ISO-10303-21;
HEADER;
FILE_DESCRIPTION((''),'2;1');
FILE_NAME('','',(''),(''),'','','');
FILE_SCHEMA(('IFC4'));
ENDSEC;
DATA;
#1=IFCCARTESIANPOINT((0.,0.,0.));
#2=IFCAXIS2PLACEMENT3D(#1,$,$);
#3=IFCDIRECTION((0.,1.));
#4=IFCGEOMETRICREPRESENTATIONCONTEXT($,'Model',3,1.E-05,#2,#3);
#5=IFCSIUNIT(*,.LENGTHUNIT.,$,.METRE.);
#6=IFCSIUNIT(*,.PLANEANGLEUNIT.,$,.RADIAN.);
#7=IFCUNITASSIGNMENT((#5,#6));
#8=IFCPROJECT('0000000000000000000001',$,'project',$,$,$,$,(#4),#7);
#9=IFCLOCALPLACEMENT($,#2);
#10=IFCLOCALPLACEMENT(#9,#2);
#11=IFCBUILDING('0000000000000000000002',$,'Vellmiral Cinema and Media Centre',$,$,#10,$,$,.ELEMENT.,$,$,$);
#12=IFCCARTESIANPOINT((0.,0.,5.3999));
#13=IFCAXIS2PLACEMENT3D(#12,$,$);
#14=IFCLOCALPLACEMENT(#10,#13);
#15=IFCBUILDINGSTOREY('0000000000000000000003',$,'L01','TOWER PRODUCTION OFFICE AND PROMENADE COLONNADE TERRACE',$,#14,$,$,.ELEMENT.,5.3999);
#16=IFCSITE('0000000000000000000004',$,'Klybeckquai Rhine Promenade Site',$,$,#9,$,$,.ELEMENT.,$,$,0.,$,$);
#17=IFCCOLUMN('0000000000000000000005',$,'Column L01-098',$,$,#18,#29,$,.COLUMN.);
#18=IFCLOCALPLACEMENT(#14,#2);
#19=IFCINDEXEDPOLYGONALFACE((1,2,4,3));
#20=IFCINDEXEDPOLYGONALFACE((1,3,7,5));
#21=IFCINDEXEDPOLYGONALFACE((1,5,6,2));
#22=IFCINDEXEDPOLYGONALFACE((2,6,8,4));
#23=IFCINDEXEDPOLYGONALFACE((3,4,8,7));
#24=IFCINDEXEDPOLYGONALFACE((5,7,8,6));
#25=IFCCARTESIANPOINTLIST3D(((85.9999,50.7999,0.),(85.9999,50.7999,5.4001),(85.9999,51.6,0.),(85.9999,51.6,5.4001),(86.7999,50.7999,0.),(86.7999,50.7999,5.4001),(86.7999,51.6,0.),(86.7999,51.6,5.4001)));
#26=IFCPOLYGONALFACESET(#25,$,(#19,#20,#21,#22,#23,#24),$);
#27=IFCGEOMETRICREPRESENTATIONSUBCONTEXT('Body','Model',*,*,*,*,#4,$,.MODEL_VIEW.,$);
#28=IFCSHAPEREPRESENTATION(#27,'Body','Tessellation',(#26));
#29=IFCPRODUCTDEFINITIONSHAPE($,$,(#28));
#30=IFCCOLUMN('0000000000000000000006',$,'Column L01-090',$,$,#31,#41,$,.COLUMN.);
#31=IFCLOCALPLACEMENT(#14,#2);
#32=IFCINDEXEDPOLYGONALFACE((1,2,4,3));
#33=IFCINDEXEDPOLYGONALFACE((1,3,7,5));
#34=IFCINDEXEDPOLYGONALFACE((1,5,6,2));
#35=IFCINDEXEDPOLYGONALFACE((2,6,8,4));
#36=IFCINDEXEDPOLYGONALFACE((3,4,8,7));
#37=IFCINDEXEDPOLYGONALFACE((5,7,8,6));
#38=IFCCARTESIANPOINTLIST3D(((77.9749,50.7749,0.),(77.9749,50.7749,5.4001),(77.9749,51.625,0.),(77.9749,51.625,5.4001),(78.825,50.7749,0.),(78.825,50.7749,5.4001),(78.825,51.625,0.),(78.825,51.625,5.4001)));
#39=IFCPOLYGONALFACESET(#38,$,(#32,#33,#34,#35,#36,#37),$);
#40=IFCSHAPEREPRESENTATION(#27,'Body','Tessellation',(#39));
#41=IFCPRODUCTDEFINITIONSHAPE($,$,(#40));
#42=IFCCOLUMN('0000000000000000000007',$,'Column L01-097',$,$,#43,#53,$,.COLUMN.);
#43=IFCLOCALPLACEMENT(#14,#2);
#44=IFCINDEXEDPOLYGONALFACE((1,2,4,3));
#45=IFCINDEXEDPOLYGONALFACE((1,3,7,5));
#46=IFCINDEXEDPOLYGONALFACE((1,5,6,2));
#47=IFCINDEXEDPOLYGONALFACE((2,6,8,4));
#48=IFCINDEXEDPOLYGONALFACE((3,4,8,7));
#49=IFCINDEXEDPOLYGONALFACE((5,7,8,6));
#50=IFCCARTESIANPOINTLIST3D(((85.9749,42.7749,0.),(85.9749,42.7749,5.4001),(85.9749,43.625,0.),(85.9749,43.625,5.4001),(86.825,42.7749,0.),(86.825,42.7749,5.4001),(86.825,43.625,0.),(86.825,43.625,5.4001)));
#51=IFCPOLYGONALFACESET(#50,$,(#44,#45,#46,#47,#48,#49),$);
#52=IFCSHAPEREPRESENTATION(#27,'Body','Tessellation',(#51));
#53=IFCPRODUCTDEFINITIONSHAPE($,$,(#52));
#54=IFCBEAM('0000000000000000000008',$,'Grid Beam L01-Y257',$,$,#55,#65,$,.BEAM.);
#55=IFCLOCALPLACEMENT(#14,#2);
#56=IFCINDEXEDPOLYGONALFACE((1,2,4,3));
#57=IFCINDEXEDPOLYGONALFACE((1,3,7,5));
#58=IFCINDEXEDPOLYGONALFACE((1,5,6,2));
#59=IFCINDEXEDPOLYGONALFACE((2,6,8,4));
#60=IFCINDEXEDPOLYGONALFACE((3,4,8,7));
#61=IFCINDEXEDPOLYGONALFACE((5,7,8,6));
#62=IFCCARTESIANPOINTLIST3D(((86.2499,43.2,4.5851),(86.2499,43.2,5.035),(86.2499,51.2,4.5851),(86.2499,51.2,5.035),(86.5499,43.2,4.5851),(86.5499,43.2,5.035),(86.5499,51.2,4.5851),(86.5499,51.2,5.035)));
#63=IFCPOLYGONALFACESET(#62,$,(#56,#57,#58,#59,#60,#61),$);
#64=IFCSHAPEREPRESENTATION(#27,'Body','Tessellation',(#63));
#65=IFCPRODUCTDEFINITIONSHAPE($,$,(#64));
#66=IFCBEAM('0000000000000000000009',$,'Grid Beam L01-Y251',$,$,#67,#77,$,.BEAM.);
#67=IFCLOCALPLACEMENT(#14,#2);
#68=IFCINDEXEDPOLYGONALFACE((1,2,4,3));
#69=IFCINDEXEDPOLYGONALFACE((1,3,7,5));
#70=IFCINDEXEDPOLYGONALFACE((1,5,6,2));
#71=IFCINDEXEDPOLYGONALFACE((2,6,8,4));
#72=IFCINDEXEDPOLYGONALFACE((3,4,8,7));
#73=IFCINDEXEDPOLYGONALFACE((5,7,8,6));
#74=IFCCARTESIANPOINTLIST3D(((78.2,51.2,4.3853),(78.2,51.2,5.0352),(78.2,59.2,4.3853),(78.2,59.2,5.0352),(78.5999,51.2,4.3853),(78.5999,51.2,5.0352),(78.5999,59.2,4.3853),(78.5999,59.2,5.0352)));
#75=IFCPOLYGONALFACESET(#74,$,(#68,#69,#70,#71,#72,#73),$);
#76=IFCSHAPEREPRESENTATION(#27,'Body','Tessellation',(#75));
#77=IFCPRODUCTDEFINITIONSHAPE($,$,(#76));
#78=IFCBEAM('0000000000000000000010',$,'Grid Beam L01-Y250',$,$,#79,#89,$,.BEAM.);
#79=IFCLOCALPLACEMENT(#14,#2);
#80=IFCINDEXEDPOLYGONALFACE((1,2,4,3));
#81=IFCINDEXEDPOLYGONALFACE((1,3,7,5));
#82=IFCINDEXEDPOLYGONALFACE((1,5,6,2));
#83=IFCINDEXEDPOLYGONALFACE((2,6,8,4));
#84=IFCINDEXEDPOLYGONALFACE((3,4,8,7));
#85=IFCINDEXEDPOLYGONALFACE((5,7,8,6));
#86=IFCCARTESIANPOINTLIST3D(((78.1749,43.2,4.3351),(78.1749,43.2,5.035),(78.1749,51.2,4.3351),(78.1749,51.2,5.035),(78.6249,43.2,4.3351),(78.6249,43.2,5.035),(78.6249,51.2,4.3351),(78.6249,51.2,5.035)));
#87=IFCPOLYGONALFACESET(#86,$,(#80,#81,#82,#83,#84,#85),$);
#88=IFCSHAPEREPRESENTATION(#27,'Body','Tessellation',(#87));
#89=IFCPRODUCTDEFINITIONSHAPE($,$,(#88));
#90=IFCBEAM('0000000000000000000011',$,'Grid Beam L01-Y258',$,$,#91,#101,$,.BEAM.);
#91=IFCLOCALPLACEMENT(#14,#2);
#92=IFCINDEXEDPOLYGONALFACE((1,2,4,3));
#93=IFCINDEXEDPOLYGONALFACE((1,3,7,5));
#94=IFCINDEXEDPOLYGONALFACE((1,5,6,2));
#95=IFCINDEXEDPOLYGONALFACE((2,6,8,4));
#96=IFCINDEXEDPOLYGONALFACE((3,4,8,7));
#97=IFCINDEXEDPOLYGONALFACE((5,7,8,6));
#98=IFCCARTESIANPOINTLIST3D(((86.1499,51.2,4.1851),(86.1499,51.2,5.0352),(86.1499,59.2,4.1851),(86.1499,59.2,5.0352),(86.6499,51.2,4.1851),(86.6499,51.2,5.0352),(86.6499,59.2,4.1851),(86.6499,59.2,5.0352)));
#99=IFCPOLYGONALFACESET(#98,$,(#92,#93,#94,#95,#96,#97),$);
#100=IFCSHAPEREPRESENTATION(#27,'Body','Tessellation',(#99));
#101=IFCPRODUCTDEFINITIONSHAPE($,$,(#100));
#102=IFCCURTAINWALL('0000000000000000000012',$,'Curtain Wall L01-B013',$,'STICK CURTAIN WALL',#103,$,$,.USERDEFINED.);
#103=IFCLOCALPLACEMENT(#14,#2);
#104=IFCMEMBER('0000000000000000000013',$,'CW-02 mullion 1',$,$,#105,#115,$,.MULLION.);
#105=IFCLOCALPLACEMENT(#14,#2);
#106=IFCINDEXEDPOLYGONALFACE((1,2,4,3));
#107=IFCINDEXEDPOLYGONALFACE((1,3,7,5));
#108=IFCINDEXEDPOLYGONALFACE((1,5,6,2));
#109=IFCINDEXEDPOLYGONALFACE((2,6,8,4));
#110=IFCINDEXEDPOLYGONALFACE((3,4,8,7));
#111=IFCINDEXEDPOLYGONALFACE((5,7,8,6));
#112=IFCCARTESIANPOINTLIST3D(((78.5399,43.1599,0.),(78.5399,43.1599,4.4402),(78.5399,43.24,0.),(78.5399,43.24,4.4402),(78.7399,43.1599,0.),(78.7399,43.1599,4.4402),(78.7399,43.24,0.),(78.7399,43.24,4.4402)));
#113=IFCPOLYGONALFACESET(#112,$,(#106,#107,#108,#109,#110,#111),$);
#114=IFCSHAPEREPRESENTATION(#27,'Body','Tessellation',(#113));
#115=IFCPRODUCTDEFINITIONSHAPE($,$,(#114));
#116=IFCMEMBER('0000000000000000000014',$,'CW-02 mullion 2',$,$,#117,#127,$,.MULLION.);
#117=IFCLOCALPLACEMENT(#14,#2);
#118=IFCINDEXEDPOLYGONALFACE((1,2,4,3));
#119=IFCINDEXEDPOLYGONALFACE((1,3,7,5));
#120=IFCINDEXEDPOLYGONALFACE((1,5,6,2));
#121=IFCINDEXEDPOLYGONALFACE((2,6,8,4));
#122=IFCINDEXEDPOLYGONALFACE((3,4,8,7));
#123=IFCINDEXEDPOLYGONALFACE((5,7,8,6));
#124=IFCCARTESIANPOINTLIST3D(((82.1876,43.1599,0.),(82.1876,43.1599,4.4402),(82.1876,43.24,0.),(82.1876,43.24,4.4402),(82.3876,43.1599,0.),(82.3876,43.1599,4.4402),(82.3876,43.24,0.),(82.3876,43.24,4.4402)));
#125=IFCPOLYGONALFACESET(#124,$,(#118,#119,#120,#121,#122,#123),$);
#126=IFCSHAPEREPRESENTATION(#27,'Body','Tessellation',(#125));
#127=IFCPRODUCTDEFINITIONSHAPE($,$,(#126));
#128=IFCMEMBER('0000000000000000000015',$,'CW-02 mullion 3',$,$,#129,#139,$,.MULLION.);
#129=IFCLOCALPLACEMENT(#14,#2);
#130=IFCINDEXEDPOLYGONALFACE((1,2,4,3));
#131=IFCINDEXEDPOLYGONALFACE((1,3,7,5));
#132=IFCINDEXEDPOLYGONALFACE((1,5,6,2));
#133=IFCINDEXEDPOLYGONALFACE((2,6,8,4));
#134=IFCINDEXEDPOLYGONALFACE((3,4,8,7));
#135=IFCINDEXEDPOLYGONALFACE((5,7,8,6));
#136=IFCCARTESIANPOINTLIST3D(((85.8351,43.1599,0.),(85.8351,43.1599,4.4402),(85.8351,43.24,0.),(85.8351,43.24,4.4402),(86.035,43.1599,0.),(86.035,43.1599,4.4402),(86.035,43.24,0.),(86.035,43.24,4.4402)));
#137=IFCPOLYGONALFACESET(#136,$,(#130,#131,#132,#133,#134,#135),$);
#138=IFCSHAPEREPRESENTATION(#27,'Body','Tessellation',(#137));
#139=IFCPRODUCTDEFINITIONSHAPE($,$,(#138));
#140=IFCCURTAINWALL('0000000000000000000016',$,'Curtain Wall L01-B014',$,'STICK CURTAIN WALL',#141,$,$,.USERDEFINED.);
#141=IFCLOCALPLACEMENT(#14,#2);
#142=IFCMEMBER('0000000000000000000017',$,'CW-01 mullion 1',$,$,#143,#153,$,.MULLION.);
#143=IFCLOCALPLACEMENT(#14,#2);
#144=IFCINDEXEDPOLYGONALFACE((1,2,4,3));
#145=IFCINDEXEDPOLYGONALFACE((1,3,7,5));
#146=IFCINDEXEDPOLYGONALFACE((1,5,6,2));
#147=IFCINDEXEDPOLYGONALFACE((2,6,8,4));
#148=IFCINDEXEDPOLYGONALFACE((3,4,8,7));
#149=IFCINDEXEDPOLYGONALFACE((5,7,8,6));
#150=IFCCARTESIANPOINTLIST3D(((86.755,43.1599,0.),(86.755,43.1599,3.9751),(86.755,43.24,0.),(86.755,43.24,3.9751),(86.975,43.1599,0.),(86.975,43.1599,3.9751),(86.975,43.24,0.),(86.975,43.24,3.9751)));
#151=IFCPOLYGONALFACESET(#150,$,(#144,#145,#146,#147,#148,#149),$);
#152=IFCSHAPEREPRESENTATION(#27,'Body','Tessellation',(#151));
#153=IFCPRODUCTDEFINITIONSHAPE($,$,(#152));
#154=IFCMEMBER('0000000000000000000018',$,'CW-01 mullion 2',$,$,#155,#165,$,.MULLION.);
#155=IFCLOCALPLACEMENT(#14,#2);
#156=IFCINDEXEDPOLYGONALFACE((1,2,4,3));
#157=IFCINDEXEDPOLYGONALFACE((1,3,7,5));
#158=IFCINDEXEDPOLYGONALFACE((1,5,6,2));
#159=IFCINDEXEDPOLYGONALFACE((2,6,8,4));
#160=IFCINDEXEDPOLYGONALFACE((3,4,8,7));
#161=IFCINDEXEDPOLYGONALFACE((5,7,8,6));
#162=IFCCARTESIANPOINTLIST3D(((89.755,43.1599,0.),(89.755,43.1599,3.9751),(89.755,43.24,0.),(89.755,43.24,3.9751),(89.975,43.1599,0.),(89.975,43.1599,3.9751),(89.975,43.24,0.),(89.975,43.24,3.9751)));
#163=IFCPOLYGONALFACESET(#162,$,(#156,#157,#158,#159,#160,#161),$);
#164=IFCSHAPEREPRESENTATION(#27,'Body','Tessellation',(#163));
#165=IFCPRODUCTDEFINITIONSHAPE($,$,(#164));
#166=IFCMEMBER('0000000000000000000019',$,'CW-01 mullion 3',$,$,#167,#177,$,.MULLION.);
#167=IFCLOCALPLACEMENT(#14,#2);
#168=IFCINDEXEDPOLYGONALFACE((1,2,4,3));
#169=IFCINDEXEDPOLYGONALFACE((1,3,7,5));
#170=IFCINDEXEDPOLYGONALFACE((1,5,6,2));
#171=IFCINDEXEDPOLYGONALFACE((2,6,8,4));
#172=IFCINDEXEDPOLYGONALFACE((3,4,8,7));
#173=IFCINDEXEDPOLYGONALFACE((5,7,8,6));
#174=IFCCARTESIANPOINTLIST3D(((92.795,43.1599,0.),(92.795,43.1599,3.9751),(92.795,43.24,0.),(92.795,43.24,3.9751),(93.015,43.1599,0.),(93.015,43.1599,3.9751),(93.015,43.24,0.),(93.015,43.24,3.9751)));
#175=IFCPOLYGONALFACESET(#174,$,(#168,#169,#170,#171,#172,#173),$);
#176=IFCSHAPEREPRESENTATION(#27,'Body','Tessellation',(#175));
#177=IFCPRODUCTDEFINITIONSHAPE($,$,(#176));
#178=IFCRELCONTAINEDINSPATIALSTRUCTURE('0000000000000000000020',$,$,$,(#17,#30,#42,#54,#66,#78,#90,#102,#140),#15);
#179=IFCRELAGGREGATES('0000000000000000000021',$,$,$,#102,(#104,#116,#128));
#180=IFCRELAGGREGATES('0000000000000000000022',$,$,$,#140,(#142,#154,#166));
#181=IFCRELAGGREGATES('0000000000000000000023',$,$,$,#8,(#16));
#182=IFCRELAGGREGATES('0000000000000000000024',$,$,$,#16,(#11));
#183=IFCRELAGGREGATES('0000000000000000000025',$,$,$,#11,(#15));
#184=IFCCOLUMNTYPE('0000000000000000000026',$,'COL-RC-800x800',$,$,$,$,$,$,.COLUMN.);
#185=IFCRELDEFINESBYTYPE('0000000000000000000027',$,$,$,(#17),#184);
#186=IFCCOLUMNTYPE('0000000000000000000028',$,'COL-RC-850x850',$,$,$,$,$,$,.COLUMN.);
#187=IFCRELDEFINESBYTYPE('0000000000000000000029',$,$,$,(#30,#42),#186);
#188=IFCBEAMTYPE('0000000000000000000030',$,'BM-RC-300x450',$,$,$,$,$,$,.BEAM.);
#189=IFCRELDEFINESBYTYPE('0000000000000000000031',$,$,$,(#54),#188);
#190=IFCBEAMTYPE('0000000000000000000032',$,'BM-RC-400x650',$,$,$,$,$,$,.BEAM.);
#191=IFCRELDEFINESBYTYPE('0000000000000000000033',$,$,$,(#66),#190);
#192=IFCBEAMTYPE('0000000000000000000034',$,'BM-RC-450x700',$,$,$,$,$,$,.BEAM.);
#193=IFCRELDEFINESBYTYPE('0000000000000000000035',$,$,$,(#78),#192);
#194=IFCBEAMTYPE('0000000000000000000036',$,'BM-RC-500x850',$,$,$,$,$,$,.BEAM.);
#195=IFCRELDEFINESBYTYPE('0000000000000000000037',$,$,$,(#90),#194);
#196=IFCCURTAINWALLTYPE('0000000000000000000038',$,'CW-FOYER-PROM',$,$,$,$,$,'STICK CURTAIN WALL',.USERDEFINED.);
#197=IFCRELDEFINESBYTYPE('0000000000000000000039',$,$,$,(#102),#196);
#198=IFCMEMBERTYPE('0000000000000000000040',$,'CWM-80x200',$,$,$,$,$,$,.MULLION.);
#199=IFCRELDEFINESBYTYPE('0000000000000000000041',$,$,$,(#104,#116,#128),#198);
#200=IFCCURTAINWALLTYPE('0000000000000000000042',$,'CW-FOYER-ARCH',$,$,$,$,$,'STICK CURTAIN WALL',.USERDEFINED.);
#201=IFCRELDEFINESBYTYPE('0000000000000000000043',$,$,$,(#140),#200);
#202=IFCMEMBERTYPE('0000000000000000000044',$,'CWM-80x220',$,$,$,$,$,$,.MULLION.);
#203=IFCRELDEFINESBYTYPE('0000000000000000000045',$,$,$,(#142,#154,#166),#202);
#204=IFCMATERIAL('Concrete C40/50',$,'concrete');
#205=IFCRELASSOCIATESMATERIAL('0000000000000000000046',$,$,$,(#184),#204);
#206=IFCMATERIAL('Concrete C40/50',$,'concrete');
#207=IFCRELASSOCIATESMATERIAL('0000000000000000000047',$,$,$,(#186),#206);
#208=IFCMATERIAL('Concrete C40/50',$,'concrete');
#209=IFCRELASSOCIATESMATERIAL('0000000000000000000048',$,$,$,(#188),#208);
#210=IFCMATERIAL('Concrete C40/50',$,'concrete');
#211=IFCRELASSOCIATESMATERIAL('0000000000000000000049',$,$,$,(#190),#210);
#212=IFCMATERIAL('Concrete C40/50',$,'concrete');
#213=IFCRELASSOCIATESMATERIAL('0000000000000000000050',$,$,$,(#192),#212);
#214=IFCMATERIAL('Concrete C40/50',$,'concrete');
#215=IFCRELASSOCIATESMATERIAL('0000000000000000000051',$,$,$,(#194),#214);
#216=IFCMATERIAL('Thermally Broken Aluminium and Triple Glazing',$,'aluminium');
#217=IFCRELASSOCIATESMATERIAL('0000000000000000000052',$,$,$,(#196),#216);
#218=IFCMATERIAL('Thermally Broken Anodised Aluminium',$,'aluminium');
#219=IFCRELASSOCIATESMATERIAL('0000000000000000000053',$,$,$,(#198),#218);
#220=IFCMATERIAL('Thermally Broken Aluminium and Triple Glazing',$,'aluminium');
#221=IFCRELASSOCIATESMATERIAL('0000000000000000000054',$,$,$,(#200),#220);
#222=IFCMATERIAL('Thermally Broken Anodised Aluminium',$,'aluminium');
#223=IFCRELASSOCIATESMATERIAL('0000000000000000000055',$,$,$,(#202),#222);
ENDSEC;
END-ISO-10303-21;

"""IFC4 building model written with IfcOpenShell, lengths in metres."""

from ifc_helpers import new_model, si_unit, direction, frame, origin, origin_2d, place, context, subcontext, project, spatial, rectangle, extrude, material, material_profile, profile_set, type_object, element, aggregate, save


model = new_model("IFC4")

# Units and contexts
model_context = context("Model", 3, precision=1e-05, world=origin(), true_north=direction((0.0, 1.0)))
body_context = subcontext(model_context, "Body", "Model", "MODEL_VIEW")
ifc_project = project(units=[si_unit("LENGTHUNIT", "METRE"), si_unit("PLANEANGLEUNIT", "RADIAN")], contexts=[model_context])

# Site, building, storey
site_placement = place(None, origin())
site = spatial("IfcSite", under=ifc_project, at=site_placement, Name="Klybeckquai Rhine Promenade Site", CompositionType="ELEMENT", RefElevation=0.0)
building_placement = place(site_placement, origin())
building = spatial("IfcBuilding", under=site, at=building_placement, Name="Vellmiral Cinema and Media Centre", CompositionType="ELEMENT")
storey_placement = place(building_placement, frame((0.0, 0.0, 5.3999)))
storey = spatial("IfcBuildingStorey", under=building, at=storey_placement, Name="L01", Description="TOWER PRODUCTION OFFICE AND PROMENADE COLONNADE TERRACE", CompositionType="ELEMENT", Elevation=5.3999)

# Columns
ifc_material_1 = material(Name="Concrete C40/50", Category="concrete")
ifc_material_profile_1 = material_profile(ifc_material_1, rectangle(XDim=0.8, YDim=0.8, at=origin_2d()), Name="RC 800x800")
ifc_profile_set_1 = profile_set([ifc_material_profile_1], Name="Concrete C40/50")
column_type_1 = type_object("IfcColumnType", Name="COL-RC-800x800", PredefinedType="COLUMN", material=ifc_profile_set_1)
column_placement = place(storey_placement, frame((86.3999, 51.2, 0.0), z_axis=(0.0, 0.0, 1.0), x_axis=(1.0, 0.0, 0.0)))
element("IfcColumn", 1, at=column_placement, inside=storey, type_object=column_type_1, Name="Column L01-098", PredefinedType="COLUMN", context=body_context, shape_type="SweptSolid", body=[
    extrude(rectangle(XDim=0.8, YDim=0.8, at=origin_2d()), origin(), (0.0, 0.0, 1.0), 5.4001),
])
ifc_material_2 = material(Name="Concrete C40/50", Category="concrete")
ifc_material_profile_2 = material_profile(ifc_material_2, rectangle(XDim=0.8501, YDim=0.8501, at=origin_2d()), Name="RC 850x850")
ifc_profile_set_2 = profile_set([ifc_material_profile_2], Name="Concrete C40/50")
column_type_2 = type_object("IfcColumnType", Name="COL-RC-850x850", PredefinedType="COLUMN", material=ifc_profile_set_2)
for number, where, z_axis, x_axis, name in (
    (2, (78.3999, 51.2, 0.0), (0.0, 0.0, 1.0), (1.0, 0.0, 0.0), "Column L01-090"),
    (3, (86.3999, 43.2, 0.0), (0.0, 0.0, 1.0), (1.0, 0.0, 0.0), "Column L01-097"),
):
    element("IfcColumn", number, at=place(storey_placement, frame(where, z_axis=z_axis, x_axis=x_axis)), inside=storey, type_object=column_type_2, Name=name, PredefinedType="COLUMN", context=body_context, shape_type="SweptSolid", body=[
        extrude(rectangle(XDim=0.8501, YDim=0.8501, at=origin_2d()), origin(), (0.0, 0.0, 1.0), 5.4001),
    ])

# Beams
ifc_material_3 = material(Name="Concrete C40/50", Category="concrete")
ifc_material_profile_3 = material_profile(ifc_material_3, rectangle(XDim=0.3, YDim=0.45, at=origin_2d()), Name="RC 300x450")
ifc_profile_set_3 = profile_set([ifc_material_profile_3], Name="Concrete C40/50")
beam_type_1 = type_object("IfcBeamType", Name="BM-RC-300x450", PredefinedType="BEAM", material=ifc_profile_set_3)
beam_1_placement = place(storey_placement, frame((86.3999, 43.2, 4.8101), z_axis=(0.0, 1.0, 0.0), x_axis=(-1.0, 0.0, 0.0)))
element("IfcBeam", 4, at=beam_1_placement, inside=storey, type_object=beam_type_1, Name="Grid Beam L01-Y257", PredefinedType="BEAM", context=body_context, shape_type="SweptSolid", body=[
    extrude(rectangle(XDim=0.3, YDim=0.45, at=origin_2d()), origin(), (0.0, 0.0, 1.0), 8.0),
])
ifc_material_4 = material(Name="Concrete C40/50", Category="concrete")
ifc_material_profile_4 = material_profile(ifc_material_4, rectangle(XDim=0.3999, YDim=0.6499, at=origin_2d()), Name="RC 400x650")
ifc_profile_set_4 = profile_set([ifc_material_profile_4], Name="Concrete C40/50")
beam_type_2 = type_object("IfcBeamType", Name="BM-RC-400x650", PredefinedType="BEAM", material=ifc_profile_set_4)
beam_2_placement = place(storey_placement, frame((78.3999, 51.2, 4.7102), z_axis=(0.0, 1.0, 0.0), x_axis=(-1.0, 0.0, 0.0)))
element("IfcBeam", 5, at=beam_2_placement, inside=storey, type_object=beam_type_2, Name="Grid Beam L01-Y251", PredefinedType="BEAM", context=body_context, shape_type="SweptSolid", body=[
    extrude(rectangle(XDim=0.3999, YDim=0.6499, at=origin_2d()), origin(), (0.0, 0.0, 1.0), 8.0),
])
ifc_material_5 = material(Name="Concrete C40/50", Category="concrete")
ifc_material_profile_5 = material_profile(ifc_material_5, rectangle(XDim=0.45, YDim=0.7, at=origin_2d()), Name="RC 450x700")
ifc_profile_set_5 = profile_set([ifc_material_profile_5], Name="Concrete C40/50")
beam_type_3 = type_object("IfcBeamType", Name="BM-RC-450x700", PredefinedType="BEAM", material=ifc_profile_set_5)
beam_3_placement = place(storey_placement, frame((78.3999, 43.2, 4.6851), z_axis=(0.0, 1.0, 0.0), x_axis=(-1.0, 0.0, 0.0)))
element("IfcBeam", 6, at=beam_3_placement, inside=storey, type_object=beam_type_3, Name="Grid Beam L01-Y250", PredefinedType="BEAM", context=body_context, shape_type="SweptSolid", body=[
    extrude(rectangle(XDim=0.45, YDim=0.7, at=origin_2d()), origin(), (0.0, 0.0, 1.0), 8.0),
])
ifc_material_6 = material(Name="Concrete C40/50", Category="concrete")
ifc_material_profile_6 = material_profile(ifc_material_6, rectangle(XDim=0.5, YDim=0.8501, at=origin_2d()), Name="RC 500x850")
ifc_profile_set_6 = profile_set([ifc_material_profile_6], Name="Concrete C40/50")
beam_type_4 = type_object("IfcBeamType", Name="BM-RC-500x850", PredefinedType="BEAM", material=ifc_profile_set_6)
beam_4_placement = place(storey_placement, frame((86.3999, 51.2, 4.6101), z_axis=(0.0, 1.0, 0.0), x_axis=(-1.0, 0.0, 0.0)))
element("IfcBeam", 7, at=beam_4_placement, inside=storey, type_object=beam_type_4, Name="Grid Beam L01-Y258", PredefinedType="BEAM", context=body_context, shape_type="SweptSolid", body=[
    extrude(rectangle(XDim=0.5, YDim=0.8501, at=origin_2d()), origin(), (0.0, 0.0, 1.0), 8.0),
])

# Curtain walls, members
ifc_material_7 = material(Name="Thermally Broken Aluminium and Triple Glazing", Category="aluminium")
curtain_wall_type_1 = type_object("IfcCurtainWallType", Name="CW-FOYER-PROM", ElementType="STICK CURTAIN WALL", PredefinedType="USERDEFINED", material=ifc_material_7)
curtain_wall_1_placement = place(storey_placement, origin())
curtain_wall_1 = element("IfcCurtainWall", 8, at=curtain_wall_1_placement, inside=storey, type_object=curtain_wall_type_1, Name="Curtain Wall L01-B013", ObjectType="STICK CURTAIN WALL", PredefinedType="USERDEFINED")
ifc_material_8 = material(Name="Thermally Broken Anodised Aluminium", Category="aluminium")
ifc_material_profile_7 = material_profile(ifc_material_8, rectangle(XDim=0.0801, YDim=0.2, at=origin_2d()), Name="MULL 80x200")
ifc_profile_set_7 = profile_set([ifc_material_profile_7], Name="Thermally Broken Anodised Aluminium")
member_type_1 = type_object("IfcMemberType", Name="CWM-80x200", PredefinedType="MULLION", material=ifc_profile_set_7)
member_1_placement = place(storey_placement, frame((78.6399, 43.2, 0.0), z_axis=(0.0, 0.0, 1.0), x_axis=(0.0, 1.0, 0.0)))
member_1 = element("IfcMember", 9, at=member_1_placement, type_object=member_type_1, Name="CW-02 mullion 1", PredefinedType="MULLION", context=body_context, shape_type="SweptSolid", body=[
    extrude(rectangle(XDim=0.0801, YDim=0.2, at=origin_2d()), origin(), (0.0, 0.0, 1.0), 4.4402),
])
member_2_placement = place(storey_placement, frame((82.2876, 43.2, 0.0), z_axis=(0.0, 0.0, 1.0), x_axis=(0.0, 1.0, 0.0)))
member_2 = element("IfcMember", 10, at=member_2_placement, type_object=member_type_1, Name="CW-02 mullion 2", PredefinedType="MULLION", context=body_context, shape_type="SweptSolid", body=[
    extrude(rectangle(XDim=0.0801, YDim=0.2, at=origin_2d()), origin(), (0.0, 0.0, 1.0), 4.4402),
])
member_3_placement = place(storey_placement, frame((85.9351, 43.2, 0.0), z_axis=(0.0, 0.0, 1.0), x_axis=(0.0, 1.0, 0.0)))
member_3 = element("IfcMember", 11, at=member_3_placement, type_object=member_type_1, Name="CW-02 mullion 3", PredefinedType="MULLION", context=body_context, shape_type="SweptSolid", body=[
    extrude(rectangle(XDim=0.0801, YDim=0.2, at=origin_2d()), origin(), (0.0, 0.0, 1.0), 4.4402),
])
ifc_material_9 = material(Name="Thermally Broken Aluminium and Triple Glazing", Category="aluminium")
curtain_wall_type_2 = type_object("IfcCurtainWallType", Name="CW-FOYER-ARCH", ElementType="STICK CURTAIN WALL", PredefinedType="USERDEFINED", material=ifc_material_9)
curtain_wall_2_placement = place(storey_placement, origin())
curtain_wall_2 = element("IfcCurtainWall", 12, at=curtain_wall_2_placement, inside=storey, type_object=curtain_wall_type_2, Name="Curtain Wall L01-B014", ObjectType="STICK CURTAIN WALL", PredefinedType="USERDEFINED")
ifc_material_10 = material(Name="Thermally Broken Anodised Aluminium", Category="aluminium")
ifc_material_profile_8 = material_profile(ifc_material_10, rectangle(XDim=0.0801, YDim=0.22, at=origin_2d()), Name="MULL 80x220")
ifc_profile_set_8 = profile_set([ifc_material_profile_8], Name="Thermally Broken Anodised Aluminium")
member_type_2 = type_object("IfcMemberType", Name="CWM-80x220", PredefinedType="MULLION", material=ifc_profile_set_8)
member_4_placement = place(storey_placement, frame((86.865, 43.2, 0.0), z_axis=(0.0, 0.0, 1.0), x_axis=(0.0, 1.0, 0.0)))
member_4 = element("IfcMember", 13, at=member_4_placement, type_object=member_type_2, Name="CW-01 mullion 1", PredefinedType="MULLION", context=body_context, shape_type="SweptSolid", body=[
    extrude(rectangle(XDim=0.0801, YDim=0.22, at=origin_2d()), origin(), (0.0, 0.0, 1.0), 3.9751),
])
member_5_placement = place(storey_placement, frame((89.865, 43.2, 0.0), z_axis=(0.0, 0.0, 1.0), x_axis=(0.0, 1.0, 0.0)))
member_5 = element("IfcMember", 14, at=member_5_placement, type_object=member_type_2, Name="CW-01 mullion 2", PredefinedType="MULLION", context=body_context, shape_type="SweptSolid", body=[
    extrude(rectangle(XDim=0.0801, YDim=0.22, at=origin_2d()), origin(), (0.0, 0.0, 1.0), 3.9751),
])
member_6_placement = place(storey_placement, frame((92.905, 43.2, 0.0), z_axis=(0.0, 0.0, 1.0), x_axis=(0.0, 1.0, 0.0)))
member_6 = element("IfcMember", 15, at=member_6_placement, type_object=member_type_2, Name="CW-01 mullion 3", PredefinedType="MULLION", context=body_context, shape_type="SweptSolid", body=[
    extrude(rectangle(XDim=0.0801, YDim=0.22, at=origin_2d()), origin(), (0.0, 0.0, 1.0), 3.9751),
])

aggregate(curtain_wall_1, [member_1, member_2, member_3])
aggregate(curtain_wall_2, [member_4, member_5, member_6])

save(model, "model.ifc")
